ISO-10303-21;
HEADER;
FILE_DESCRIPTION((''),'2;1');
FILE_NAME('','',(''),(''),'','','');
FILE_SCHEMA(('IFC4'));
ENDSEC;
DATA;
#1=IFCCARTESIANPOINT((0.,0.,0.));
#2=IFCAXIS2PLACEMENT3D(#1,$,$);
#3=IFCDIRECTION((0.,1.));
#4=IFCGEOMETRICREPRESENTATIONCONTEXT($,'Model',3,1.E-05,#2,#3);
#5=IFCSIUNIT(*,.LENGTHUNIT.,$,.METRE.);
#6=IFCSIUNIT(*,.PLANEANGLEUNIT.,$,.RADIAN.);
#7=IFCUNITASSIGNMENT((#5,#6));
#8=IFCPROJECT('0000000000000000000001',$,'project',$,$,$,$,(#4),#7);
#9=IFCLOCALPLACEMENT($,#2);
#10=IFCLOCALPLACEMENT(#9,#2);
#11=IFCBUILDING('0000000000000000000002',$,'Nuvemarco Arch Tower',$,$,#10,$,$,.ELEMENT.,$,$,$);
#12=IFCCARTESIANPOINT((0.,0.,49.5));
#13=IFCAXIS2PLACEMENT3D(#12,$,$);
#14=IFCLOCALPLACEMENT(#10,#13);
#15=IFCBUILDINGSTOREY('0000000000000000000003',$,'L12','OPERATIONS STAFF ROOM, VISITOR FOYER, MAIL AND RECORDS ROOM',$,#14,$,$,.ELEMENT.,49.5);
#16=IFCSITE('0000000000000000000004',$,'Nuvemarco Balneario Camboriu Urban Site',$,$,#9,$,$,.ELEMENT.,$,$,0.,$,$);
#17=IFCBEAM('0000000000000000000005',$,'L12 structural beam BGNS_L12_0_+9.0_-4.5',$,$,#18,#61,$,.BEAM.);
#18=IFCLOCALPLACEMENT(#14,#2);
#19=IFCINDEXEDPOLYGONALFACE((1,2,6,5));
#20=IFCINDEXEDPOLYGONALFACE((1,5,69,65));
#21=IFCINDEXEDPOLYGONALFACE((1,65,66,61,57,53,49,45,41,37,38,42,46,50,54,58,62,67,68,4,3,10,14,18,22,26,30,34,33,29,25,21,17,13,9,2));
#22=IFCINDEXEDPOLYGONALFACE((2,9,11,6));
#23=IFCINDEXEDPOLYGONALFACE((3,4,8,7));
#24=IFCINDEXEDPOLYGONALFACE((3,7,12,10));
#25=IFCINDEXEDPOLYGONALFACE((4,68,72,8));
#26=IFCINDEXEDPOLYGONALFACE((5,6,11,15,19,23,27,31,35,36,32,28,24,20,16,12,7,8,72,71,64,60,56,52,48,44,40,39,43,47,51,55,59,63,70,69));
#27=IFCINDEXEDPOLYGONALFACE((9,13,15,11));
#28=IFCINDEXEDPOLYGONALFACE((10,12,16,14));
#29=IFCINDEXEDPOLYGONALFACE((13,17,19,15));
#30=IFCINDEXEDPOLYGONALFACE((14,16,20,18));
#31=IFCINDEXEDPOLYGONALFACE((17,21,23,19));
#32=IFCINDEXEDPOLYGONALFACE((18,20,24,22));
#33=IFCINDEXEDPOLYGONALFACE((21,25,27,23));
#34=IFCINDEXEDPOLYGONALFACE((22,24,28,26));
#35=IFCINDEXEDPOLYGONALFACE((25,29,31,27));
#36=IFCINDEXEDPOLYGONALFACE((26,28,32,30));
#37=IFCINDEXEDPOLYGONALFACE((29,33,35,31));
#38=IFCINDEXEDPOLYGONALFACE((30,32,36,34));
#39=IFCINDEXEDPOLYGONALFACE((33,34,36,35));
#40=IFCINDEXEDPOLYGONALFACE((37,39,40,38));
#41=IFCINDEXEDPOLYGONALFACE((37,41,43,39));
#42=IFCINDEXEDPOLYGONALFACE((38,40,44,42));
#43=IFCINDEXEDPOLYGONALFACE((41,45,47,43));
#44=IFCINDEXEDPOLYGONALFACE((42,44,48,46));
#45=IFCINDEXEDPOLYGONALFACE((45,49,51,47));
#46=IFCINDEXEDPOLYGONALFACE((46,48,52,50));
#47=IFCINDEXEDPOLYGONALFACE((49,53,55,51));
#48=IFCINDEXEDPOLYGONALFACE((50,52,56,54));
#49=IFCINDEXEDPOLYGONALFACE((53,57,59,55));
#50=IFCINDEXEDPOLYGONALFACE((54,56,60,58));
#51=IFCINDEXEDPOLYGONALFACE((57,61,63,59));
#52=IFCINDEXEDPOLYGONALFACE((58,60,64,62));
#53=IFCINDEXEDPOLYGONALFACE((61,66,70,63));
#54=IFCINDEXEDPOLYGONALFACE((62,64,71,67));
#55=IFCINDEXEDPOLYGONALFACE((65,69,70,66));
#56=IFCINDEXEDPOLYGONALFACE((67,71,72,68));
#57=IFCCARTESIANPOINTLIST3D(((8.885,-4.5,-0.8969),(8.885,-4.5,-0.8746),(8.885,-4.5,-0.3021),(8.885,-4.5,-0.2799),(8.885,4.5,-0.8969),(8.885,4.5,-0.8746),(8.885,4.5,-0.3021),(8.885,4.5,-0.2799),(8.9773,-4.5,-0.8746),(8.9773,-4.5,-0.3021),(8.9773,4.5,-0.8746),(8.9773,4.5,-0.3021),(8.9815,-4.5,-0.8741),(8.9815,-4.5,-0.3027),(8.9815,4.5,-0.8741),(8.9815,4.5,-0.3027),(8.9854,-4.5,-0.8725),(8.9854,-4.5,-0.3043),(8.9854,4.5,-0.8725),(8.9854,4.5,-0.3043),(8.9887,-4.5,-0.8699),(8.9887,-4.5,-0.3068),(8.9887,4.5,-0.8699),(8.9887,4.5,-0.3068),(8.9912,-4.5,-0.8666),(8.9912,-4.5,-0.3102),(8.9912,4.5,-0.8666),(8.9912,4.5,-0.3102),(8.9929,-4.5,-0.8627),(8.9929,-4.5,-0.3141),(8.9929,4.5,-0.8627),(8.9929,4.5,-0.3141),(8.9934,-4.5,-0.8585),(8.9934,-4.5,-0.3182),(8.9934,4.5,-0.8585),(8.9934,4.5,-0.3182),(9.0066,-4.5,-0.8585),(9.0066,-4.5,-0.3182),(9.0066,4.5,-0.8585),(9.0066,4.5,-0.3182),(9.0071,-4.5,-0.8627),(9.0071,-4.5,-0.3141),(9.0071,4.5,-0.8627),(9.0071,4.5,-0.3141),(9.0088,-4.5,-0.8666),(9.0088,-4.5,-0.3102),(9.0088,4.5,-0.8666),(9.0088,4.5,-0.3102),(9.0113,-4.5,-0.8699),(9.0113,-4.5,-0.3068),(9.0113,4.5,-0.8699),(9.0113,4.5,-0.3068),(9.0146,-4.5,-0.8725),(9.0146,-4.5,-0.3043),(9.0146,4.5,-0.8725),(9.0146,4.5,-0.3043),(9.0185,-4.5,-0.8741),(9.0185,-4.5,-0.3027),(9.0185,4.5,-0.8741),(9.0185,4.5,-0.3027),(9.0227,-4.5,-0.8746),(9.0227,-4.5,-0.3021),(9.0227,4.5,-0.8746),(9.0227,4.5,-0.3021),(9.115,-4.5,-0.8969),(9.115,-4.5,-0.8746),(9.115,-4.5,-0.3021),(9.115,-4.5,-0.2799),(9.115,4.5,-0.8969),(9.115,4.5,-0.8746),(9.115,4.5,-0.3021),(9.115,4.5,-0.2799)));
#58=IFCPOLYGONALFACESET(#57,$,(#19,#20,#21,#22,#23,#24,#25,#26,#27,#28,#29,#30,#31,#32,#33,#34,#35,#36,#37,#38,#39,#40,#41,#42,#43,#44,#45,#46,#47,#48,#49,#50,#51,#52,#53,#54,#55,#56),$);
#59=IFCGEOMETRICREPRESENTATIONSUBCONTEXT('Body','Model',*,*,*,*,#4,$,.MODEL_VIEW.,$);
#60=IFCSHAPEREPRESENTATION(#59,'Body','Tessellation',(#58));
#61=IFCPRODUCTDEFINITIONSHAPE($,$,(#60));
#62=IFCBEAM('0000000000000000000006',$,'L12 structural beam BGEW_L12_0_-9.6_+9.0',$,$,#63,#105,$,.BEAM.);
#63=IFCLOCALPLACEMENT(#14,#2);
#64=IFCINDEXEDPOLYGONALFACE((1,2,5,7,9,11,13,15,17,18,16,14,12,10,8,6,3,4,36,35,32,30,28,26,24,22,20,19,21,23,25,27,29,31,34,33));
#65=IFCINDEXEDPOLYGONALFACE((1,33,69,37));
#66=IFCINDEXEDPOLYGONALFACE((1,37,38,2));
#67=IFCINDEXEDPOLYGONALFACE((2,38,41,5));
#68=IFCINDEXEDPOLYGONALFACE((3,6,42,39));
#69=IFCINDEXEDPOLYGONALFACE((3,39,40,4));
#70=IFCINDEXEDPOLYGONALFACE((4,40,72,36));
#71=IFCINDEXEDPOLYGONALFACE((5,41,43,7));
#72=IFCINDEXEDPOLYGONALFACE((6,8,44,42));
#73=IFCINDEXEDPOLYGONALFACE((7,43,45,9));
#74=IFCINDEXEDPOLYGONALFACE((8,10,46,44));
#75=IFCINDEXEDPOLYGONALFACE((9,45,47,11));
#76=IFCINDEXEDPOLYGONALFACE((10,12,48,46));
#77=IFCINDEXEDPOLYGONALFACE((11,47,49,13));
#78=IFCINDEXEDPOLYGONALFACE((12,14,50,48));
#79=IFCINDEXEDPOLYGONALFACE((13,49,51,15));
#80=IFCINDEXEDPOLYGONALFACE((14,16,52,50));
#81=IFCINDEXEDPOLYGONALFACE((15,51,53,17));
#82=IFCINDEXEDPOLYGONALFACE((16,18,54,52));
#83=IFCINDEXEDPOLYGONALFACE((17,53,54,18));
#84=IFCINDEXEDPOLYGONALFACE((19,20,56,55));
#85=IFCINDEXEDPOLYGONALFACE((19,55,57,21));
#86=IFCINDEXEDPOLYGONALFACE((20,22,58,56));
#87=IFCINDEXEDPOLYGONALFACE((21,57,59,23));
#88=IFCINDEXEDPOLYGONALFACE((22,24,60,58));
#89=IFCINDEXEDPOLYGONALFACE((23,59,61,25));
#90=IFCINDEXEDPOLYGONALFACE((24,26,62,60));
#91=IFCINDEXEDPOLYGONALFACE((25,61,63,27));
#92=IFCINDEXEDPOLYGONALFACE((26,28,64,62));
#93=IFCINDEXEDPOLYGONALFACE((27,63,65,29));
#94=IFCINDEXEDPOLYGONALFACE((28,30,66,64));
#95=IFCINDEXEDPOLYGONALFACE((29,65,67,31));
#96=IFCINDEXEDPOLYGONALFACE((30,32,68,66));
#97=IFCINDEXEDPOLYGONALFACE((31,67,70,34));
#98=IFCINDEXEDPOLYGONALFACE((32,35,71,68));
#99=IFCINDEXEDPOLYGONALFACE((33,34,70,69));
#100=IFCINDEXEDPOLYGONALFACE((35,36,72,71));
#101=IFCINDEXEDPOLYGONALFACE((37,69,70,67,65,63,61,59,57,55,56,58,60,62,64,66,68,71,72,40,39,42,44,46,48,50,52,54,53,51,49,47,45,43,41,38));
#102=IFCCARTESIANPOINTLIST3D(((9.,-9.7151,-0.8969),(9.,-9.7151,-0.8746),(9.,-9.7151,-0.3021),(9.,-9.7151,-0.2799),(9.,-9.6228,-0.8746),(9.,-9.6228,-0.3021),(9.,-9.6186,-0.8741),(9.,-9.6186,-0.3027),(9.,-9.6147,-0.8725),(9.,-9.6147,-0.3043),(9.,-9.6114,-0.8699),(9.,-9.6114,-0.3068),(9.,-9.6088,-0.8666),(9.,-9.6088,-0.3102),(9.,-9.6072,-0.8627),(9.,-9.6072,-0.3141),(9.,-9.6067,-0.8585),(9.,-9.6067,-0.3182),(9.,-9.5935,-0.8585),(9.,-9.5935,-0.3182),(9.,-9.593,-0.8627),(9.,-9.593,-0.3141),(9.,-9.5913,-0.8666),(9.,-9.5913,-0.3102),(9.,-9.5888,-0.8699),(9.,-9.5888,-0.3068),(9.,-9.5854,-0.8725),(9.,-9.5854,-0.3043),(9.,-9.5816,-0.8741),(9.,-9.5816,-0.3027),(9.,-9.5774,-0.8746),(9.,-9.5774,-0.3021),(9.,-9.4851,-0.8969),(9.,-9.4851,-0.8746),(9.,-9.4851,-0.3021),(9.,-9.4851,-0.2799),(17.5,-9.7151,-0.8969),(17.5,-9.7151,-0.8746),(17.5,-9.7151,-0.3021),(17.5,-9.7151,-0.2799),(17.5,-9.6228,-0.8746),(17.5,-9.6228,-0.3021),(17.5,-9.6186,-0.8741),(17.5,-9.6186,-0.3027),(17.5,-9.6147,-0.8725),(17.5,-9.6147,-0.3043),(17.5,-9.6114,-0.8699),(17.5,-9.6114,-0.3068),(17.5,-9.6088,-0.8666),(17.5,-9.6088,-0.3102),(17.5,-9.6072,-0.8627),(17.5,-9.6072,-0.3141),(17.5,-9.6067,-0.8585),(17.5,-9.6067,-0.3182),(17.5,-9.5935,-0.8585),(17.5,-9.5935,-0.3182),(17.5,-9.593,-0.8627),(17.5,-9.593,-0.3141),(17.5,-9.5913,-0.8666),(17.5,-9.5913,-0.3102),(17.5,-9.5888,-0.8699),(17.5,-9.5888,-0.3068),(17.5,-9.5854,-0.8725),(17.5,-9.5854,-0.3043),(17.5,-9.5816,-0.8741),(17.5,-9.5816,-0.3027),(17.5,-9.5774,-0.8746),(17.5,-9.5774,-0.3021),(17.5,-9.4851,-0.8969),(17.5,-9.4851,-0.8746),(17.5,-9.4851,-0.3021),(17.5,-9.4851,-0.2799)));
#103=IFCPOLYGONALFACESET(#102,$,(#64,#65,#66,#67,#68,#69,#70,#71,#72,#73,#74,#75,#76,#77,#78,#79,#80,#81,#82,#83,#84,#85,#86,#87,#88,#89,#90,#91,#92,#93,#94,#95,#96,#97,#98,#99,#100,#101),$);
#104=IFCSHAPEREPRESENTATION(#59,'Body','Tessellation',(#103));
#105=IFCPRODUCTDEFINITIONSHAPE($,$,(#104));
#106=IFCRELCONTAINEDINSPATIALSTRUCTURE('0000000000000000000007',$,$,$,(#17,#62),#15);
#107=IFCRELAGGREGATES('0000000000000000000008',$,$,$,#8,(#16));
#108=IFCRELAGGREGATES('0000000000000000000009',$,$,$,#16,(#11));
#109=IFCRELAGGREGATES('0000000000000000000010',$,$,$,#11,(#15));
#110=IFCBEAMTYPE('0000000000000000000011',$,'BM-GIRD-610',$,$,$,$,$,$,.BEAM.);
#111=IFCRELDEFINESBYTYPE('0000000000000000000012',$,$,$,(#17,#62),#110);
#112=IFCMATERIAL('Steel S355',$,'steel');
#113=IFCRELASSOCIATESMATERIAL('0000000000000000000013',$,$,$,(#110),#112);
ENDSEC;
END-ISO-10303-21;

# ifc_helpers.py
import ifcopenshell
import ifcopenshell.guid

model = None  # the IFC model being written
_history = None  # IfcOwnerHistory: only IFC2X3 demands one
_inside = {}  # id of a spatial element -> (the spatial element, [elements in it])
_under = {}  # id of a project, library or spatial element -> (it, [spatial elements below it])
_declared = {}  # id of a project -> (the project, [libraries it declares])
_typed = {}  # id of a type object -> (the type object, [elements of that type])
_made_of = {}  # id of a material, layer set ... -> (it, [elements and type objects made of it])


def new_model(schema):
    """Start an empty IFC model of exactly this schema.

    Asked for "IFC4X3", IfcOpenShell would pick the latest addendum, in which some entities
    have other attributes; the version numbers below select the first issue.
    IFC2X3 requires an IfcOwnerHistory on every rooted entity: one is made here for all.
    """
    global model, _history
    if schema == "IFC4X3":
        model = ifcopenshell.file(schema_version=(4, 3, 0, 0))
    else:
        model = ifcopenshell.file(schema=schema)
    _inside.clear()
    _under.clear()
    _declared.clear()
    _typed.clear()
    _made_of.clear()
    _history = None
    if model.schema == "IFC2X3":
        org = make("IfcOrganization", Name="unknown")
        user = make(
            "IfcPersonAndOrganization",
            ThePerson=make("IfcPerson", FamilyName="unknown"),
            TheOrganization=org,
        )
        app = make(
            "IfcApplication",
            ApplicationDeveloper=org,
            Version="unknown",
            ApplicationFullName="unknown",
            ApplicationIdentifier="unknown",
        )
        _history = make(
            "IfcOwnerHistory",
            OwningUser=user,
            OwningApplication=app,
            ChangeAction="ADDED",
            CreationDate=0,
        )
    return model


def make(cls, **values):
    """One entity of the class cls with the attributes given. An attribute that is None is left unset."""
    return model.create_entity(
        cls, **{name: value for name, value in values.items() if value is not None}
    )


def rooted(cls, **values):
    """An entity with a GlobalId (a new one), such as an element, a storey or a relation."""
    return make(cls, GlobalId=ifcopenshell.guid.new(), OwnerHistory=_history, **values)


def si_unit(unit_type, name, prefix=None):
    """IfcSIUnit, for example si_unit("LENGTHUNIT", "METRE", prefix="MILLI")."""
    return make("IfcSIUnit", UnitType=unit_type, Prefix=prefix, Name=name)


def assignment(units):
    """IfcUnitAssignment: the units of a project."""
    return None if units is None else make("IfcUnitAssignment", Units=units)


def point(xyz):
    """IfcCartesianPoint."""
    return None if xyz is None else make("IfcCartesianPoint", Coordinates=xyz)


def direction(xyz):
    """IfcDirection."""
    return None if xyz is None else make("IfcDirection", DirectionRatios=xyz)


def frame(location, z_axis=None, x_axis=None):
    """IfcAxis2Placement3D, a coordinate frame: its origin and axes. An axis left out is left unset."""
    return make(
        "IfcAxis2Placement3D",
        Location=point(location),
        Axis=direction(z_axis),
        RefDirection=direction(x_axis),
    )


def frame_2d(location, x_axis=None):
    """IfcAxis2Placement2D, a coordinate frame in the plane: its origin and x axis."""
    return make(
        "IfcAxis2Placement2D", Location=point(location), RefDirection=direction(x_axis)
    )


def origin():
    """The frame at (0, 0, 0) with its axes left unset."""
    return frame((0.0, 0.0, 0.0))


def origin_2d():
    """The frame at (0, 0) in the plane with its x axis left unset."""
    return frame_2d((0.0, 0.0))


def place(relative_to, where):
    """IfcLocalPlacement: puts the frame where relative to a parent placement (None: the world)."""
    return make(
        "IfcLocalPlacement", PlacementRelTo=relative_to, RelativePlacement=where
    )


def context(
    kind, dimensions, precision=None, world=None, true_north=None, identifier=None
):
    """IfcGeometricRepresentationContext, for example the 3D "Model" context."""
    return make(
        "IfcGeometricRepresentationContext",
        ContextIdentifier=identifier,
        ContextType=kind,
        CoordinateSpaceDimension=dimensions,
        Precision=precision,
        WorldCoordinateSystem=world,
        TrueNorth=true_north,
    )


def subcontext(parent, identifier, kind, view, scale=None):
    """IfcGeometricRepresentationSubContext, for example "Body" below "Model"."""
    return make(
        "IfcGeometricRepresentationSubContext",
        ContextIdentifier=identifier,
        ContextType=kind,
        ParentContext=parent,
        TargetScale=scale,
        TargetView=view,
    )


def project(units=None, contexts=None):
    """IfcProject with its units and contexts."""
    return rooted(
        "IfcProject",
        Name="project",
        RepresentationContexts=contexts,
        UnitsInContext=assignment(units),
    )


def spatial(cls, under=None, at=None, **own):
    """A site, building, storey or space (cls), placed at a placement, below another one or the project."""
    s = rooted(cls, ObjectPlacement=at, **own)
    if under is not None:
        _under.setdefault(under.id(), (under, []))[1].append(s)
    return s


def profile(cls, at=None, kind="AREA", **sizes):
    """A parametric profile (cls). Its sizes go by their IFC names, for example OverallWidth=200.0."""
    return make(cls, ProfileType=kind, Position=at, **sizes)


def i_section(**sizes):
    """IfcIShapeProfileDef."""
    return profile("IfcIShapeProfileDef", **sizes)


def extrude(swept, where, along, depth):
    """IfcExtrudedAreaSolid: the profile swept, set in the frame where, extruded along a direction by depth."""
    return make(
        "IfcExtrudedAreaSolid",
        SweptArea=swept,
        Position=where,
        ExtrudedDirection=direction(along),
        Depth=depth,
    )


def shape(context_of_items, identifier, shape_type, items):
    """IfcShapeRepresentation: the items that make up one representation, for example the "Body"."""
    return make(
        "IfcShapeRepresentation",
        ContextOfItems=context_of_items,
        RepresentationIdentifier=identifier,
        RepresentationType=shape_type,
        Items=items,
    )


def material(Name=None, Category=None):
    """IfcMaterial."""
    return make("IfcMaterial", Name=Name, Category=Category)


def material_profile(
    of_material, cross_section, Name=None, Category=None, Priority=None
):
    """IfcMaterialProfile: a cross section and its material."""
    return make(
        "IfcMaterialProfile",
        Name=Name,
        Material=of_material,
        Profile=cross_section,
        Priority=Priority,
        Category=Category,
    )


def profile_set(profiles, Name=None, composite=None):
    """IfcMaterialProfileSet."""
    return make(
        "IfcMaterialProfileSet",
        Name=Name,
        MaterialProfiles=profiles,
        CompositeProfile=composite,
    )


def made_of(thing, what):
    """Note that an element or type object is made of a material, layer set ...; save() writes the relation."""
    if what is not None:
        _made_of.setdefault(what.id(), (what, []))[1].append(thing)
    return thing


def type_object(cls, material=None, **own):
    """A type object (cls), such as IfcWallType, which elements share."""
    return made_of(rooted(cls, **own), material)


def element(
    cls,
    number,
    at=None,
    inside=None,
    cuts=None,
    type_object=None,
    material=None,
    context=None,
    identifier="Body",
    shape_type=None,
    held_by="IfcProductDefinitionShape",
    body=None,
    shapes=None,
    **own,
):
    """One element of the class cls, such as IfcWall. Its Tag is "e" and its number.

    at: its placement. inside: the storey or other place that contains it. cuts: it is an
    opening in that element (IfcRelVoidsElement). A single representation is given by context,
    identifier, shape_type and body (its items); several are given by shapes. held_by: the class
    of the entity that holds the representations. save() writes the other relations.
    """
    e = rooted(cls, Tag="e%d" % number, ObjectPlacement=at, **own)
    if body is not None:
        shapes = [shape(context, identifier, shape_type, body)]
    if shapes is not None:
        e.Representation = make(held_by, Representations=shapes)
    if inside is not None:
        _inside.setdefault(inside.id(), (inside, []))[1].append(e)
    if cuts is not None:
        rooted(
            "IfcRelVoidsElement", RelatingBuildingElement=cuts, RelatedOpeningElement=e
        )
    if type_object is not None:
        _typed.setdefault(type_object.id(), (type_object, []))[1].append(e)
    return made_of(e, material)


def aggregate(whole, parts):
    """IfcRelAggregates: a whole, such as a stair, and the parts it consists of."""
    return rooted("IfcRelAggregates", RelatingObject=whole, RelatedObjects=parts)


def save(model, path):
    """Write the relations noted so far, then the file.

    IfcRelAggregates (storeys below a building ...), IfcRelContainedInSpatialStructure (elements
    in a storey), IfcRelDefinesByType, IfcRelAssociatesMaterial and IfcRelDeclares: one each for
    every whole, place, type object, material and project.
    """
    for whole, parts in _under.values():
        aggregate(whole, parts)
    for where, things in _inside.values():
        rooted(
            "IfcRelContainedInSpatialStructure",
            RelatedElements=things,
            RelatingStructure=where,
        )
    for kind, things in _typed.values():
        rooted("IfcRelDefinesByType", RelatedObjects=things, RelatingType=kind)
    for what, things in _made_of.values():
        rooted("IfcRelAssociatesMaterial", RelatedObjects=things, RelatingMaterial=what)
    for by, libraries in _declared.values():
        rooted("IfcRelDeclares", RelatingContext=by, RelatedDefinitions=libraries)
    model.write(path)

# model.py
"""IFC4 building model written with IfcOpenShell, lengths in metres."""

from ifc_helpers import new_model, si_unit, direction, frame, origin, origin_2d, place, context, subcontext, project, spatial, i_section, extrude, material, material_profile, profile_set, type_object, element, save


model = new_model("IFC4")

# Units and contexts
model_context = context("Model", 3, precision=1e-05, world=origin(), true_north=direction((0.0, 1.0)))
body_context = subcontext(model_context, "Body", "Model", "MODEL_VIEW")
ifc_project = project(units=[si_unit("LENGTHUNIT", "METRE"), si_unit("PLANEANGLEUNIT", "RADIAN")], contexts=[model_context])

# Site, building, storey
site_placement = place(None, origin())
site = spatial("IfcSite", under=ifc_project, at=site_placement, Name="Nuvemarco Balneario Camboriu Urban Site", CompositionType="ELEMENT", RefElevation=0.0)
building_placement = place(site_placement, origin())
building = spatial("IfcBuilding", under=site, at=building_placement, Name="Nuvemarco Arch Tower", CompositionType="ELEMENT")
storey_placement = place(building_placement, frame((0.0, 0.0, 49.5)))
storey = spatial("IfcBuildingStorey", under=building, at=storey_placement, Name="L12", Description="OPERATIONS STAFF ROOM, VISITOR FOYER, MAIL AND RECORDS ROOM", CompositionType="ELEMENT", Elevation=49.5)

# Shared definitions
ifc_material_1 = material(Name="Steel S355", Category="steel")

# Beams
ifc_material_profile_1 = material_profile(ifc_material_1, i_section(OverallWidth=0.23, OverallDepth=0.6169, WebThickness=0.0132, FlangeThickness=0.0222, FilletRadius=0.0161, at=origin_2d()), Name="W610x140")
ifc_profile_set_1 = profile_set([ifc_material_profile_1], Name="Steel S355")
beam_type_1 = type_object("IfcBeamType", Name="BM-GIRD-610", PredefinedType="BEAM", material=ifc_profile_set_1)
beam_1_placement = place(storey_placement, frame((9.0, -4.5, -0.5884), z_axis=(0.0, 1.0, 0.0), x_axis=(-1.0, 0.0, 0.0)))
element("IfcBeam", 1, at=beam_1_placement, inside=storey, type_object=beam_type_1, Name="L12 structural beam BGNS_L12_0_+9.0_-4.5", PredefinedType="BEAM", context=body_context, shape_type="SweptSolid", body=[
    extrude(i_section(OverallWidth=0.23, OverallDepth=0.6169, WebThickness=0.0132, FlangeThickness=0.0222, FilletRadius=0.0161, at=origin_2d()), origin(), (0.0, 0.0, 1.0), 9.0),
])
beam_2_placement = place(storey_placement, frame((9.0, -9.6001, -0.5884), z_axis=(1.0, 0.0, 0.0), x_axis=(0.0, 1.0, 0.0)))
element("IfcBeam", 2, at=beam_2_placement, inside=storey, type_object=beam_type_1, Name="L12 structural beam BGEW_L12_0_-9.6_+9.0", PredefinedType="BEAM", context=body_context, shape_type="SweptSolid", body=[
    extrude(i_section(OverallWidth=0.23, OverallDepth=0.6169, WebThickness=0.0132, FlangeThickness=0.0222, FilletRadius=0.0161, at=origin_2d()), origin(), (0.0, 0.0, 1.0), 8.5),
])

save(model, "model.ifc")
